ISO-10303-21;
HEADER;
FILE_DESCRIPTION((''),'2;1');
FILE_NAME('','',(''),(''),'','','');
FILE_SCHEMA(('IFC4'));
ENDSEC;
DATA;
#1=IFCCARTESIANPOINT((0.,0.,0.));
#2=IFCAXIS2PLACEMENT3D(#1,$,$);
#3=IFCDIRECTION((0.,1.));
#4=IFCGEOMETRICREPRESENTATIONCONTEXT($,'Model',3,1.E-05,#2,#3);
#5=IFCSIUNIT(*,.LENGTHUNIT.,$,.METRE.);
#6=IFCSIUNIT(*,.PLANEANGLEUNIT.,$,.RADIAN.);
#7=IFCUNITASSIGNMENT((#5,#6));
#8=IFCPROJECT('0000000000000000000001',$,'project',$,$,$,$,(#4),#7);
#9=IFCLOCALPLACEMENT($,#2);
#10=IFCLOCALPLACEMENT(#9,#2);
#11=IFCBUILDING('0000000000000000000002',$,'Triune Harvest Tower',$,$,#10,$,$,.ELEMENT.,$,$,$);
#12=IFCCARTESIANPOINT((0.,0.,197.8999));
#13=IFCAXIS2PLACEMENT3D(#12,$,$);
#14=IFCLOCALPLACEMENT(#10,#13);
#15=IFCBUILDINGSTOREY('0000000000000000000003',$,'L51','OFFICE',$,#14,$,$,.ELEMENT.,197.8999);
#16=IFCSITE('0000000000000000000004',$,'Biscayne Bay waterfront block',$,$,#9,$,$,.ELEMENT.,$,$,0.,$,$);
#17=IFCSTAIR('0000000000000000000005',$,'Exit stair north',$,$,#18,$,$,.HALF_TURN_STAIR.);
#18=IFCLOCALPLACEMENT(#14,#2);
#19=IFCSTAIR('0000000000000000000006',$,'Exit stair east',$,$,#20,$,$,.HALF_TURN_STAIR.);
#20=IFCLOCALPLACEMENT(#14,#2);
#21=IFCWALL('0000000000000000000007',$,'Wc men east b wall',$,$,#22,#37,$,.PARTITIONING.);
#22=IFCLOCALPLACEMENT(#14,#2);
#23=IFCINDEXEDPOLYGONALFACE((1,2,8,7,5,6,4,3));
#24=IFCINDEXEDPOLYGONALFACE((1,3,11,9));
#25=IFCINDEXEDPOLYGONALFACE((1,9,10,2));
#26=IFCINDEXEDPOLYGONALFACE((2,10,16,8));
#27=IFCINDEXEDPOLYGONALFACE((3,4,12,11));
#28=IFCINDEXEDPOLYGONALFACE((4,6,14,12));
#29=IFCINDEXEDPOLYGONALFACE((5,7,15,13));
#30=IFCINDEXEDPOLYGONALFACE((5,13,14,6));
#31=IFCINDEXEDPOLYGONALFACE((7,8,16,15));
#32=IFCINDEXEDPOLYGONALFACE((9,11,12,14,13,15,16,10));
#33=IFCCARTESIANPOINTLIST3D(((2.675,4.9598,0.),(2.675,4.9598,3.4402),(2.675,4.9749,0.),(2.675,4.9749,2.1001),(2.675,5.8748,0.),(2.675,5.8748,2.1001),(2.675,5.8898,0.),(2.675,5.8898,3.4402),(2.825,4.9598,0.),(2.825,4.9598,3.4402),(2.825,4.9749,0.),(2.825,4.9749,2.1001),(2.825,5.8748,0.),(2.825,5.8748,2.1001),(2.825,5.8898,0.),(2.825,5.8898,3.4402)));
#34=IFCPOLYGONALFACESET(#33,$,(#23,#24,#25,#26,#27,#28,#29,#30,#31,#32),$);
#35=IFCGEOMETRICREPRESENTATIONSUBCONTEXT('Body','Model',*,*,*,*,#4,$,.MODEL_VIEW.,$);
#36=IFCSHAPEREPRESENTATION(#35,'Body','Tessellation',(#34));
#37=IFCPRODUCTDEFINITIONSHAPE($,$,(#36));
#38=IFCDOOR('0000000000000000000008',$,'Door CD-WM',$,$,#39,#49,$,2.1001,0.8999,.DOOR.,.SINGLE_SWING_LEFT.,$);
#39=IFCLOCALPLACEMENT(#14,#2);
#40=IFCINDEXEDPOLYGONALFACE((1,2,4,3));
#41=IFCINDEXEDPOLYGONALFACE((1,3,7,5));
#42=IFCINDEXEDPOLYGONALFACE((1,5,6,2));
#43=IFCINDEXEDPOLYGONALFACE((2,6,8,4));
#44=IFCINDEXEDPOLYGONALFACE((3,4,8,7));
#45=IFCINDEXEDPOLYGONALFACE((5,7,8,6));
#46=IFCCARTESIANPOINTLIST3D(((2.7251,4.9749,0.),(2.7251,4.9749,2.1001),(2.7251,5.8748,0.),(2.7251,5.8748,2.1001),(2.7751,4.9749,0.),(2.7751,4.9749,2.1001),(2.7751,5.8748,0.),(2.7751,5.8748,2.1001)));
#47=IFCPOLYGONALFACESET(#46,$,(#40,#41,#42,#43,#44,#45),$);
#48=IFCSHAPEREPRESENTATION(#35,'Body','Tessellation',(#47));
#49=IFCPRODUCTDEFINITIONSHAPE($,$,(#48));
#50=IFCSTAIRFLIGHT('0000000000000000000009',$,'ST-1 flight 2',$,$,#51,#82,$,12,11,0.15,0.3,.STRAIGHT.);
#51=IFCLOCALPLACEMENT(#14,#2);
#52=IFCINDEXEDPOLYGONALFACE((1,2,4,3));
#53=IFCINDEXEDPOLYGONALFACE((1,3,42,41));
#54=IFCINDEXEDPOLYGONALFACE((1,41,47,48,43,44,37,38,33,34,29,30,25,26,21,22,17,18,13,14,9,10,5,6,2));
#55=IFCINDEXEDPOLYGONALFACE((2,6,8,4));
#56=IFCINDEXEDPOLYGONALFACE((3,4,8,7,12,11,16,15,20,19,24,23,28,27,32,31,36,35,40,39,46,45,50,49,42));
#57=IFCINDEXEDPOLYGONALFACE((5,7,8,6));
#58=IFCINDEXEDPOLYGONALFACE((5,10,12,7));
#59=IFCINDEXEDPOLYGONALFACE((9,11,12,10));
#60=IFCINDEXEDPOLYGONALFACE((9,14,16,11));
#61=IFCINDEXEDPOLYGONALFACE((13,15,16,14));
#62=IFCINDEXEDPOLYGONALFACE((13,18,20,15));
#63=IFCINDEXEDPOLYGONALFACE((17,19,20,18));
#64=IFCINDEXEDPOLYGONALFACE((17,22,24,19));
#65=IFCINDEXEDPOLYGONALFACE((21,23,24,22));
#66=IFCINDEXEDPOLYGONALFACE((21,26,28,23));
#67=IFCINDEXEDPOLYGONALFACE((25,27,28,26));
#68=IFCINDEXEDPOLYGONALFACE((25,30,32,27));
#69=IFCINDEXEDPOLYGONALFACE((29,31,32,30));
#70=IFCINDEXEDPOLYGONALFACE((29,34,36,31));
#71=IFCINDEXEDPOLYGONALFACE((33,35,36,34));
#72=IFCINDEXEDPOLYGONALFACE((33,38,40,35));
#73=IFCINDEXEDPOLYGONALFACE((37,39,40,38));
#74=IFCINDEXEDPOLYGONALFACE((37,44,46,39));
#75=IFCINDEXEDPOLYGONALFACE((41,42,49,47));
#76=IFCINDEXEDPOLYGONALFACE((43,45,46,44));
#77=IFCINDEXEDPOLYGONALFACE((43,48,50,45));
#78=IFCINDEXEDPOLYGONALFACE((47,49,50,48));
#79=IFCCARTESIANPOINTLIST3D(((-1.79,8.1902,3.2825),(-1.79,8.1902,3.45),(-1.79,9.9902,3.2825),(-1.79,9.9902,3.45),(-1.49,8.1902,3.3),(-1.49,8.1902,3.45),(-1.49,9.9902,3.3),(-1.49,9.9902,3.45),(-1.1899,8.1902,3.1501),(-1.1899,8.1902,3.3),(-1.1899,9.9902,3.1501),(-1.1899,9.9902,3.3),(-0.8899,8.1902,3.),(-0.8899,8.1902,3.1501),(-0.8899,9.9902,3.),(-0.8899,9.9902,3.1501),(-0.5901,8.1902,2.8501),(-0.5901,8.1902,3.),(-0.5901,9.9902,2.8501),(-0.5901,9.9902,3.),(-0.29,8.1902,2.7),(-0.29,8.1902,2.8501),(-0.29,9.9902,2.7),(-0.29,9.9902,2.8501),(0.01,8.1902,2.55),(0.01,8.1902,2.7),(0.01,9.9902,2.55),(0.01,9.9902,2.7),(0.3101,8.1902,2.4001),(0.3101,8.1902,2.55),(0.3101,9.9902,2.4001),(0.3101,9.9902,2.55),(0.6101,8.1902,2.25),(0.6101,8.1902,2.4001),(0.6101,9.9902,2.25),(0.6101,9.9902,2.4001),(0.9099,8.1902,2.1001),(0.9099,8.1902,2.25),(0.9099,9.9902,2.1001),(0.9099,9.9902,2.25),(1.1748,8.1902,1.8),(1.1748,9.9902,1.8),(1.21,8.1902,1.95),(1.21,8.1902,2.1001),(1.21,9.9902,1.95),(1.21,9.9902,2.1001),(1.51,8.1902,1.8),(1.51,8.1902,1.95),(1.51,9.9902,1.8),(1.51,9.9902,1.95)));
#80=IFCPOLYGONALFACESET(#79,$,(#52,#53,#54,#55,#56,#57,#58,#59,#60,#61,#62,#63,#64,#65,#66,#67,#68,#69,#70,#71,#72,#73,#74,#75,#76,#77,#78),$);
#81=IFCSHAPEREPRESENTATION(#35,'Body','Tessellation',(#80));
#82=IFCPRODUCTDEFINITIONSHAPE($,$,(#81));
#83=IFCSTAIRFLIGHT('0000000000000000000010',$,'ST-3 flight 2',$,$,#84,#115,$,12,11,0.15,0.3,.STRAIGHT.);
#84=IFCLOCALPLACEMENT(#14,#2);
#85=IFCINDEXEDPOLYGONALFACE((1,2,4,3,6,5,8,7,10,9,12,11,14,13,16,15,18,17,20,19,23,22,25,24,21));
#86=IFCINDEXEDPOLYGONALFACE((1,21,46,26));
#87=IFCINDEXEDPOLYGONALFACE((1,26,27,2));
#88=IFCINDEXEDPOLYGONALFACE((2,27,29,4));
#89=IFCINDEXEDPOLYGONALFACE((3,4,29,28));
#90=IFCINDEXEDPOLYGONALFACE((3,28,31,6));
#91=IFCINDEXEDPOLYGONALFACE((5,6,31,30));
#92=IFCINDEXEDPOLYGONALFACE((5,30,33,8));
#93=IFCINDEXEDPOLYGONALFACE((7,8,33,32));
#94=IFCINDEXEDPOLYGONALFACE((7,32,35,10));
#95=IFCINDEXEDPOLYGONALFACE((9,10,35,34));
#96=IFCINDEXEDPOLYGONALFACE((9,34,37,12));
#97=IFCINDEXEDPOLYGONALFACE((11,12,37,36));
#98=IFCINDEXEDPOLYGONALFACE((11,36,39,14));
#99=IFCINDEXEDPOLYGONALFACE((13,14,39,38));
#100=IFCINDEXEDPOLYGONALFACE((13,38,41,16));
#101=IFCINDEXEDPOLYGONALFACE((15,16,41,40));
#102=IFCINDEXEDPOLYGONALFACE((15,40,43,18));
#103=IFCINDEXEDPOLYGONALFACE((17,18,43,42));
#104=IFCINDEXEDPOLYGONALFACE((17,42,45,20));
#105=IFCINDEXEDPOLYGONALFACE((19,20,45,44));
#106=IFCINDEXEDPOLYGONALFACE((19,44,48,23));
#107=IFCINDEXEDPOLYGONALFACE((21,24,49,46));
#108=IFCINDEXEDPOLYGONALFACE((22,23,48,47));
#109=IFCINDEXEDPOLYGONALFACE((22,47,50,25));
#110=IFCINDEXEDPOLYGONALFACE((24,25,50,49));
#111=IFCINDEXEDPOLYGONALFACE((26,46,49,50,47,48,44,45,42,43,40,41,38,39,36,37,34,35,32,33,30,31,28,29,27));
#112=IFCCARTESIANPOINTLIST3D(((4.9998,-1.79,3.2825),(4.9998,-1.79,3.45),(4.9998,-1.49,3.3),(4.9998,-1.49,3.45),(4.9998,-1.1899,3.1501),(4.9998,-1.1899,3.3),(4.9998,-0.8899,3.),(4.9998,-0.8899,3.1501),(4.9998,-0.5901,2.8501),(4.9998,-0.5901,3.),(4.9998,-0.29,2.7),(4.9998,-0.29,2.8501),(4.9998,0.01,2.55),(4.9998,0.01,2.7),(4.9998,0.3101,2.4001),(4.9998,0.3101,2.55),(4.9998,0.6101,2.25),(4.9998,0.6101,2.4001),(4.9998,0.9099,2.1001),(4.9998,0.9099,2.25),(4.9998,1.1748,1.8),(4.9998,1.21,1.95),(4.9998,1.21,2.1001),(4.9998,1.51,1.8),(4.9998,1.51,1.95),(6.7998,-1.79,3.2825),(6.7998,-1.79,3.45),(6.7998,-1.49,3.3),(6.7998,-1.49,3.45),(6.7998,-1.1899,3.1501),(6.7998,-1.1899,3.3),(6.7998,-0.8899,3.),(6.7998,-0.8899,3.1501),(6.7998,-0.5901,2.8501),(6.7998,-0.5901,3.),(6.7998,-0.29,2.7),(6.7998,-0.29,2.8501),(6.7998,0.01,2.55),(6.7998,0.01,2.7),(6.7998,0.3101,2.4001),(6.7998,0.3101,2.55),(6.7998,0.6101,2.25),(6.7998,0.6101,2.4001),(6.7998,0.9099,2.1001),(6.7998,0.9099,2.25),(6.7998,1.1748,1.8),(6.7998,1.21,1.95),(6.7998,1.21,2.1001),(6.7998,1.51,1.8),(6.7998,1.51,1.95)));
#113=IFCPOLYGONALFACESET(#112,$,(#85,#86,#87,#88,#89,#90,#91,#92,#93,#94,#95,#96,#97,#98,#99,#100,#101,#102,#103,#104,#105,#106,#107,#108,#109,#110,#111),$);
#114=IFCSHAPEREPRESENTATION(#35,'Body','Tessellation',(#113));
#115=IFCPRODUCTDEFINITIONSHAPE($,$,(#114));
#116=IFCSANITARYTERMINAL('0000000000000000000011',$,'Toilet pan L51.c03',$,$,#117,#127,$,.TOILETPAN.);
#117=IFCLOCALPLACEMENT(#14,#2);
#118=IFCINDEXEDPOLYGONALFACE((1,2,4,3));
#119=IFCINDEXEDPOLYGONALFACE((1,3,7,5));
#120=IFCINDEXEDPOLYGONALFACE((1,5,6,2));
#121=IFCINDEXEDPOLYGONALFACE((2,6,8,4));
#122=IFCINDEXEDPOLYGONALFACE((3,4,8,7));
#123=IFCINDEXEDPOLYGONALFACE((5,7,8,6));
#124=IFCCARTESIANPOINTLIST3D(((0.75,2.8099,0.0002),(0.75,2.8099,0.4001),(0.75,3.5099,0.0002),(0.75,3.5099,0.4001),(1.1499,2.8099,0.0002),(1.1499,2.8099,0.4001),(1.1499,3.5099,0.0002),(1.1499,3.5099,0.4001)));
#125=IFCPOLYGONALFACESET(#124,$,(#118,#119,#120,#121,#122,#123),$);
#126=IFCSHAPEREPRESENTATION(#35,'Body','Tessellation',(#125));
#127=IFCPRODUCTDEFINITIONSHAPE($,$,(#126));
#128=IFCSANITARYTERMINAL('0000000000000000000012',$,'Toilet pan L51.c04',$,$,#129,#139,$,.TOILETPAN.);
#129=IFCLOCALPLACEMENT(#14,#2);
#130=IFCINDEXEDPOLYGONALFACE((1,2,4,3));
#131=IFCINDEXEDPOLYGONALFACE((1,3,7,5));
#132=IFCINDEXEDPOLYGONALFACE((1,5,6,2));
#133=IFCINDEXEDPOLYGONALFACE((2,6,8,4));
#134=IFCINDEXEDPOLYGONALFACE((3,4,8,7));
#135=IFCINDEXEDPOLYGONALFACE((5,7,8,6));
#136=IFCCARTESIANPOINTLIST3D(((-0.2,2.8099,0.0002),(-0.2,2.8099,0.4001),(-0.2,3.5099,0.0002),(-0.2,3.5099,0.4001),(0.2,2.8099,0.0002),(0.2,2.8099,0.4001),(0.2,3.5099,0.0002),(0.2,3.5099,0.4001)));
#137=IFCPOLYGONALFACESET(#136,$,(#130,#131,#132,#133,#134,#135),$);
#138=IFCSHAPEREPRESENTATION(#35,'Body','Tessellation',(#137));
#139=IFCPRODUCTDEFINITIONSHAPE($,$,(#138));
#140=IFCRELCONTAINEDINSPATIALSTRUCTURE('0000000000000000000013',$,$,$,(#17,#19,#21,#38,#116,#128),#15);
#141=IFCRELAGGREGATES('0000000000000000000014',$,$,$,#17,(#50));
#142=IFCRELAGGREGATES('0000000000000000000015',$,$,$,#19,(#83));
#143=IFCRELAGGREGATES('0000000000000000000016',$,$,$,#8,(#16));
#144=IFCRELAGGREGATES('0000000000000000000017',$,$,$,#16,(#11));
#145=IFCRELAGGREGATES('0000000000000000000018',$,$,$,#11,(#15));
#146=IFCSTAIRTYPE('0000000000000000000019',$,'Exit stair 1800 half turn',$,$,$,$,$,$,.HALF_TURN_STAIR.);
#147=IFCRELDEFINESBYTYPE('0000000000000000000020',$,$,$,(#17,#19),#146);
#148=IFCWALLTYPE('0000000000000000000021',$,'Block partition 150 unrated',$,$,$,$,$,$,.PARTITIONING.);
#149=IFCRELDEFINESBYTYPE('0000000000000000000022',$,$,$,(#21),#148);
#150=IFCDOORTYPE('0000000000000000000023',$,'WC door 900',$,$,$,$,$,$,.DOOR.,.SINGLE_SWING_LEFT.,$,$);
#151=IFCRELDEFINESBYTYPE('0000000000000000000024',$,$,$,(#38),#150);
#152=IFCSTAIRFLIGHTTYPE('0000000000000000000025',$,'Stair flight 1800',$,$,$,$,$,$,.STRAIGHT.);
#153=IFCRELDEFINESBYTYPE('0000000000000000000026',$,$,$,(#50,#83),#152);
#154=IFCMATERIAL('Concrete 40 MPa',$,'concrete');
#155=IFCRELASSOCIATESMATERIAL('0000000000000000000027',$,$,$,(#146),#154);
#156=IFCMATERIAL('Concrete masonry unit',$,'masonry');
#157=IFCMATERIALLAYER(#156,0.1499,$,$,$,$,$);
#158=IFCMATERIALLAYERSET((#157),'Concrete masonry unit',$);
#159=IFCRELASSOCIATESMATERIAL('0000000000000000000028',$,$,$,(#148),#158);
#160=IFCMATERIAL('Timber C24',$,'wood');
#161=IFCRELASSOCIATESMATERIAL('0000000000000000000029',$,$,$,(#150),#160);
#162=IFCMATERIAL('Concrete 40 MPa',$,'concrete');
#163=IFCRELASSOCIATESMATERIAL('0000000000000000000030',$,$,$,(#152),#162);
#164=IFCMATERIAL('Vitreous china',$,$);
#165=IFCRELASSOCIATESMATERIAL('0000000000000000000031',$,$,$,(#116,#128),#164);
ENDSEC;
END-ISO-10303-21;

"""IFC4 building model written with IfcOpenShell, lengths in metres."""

from ifc_helpers import new_model, si_unit, direction, frame, frame_2d, origin, origin_2d, place, context, subcontext, project, spatial, polyline, rectangle, outline, extrude, source, transform, mapped, material, layer, layer_set, type_object, element, fill, aggregate, save


model = new_model("IFC4")

# Units and contexts
model_context = context("Model", 3, precision=1e-05, world=origin(), true_north=direction((0.0, 1.0)))
body_context = subcontext(model_context, "Body", "Model", "MODEL_VIEW")
ifc_project = project(units=[si_unit("LENGTHUNIT", "METRE"), si_unit("PLANEANGLEUNIT", "RADIAN")], contexts=[model_context])

# Site, building, storey
site_placement = place(None, origin())
site = spatial("IfcSite", under=ifc_project, at=site_placement, Name="Biscayne Bay waterfront block", CompositionType="ELEMENT", RefElevation=0.0)
building_placement = place(site_placement, origin())
building = spatial("IfcBuilding", under=site, at=building_placement, Name="Triune Harvest Tower", CompositionType="ELEMENT")
storey_placement = place(building_placement, frame((0.0, 0.0, 197.8999)))
storey = spatial("IfcBuildingStorey", under=building, at=storey_placement, Name="L51", Description="OFFICE", CompositionType="ELEMENT", Elevation=197.8999)

# Stairs
ifc_material_1 = material(Name="Concrete 40 MPa", Category="concrete")
stair_type = type_object("IfcStairType", Name="Exit stair 1800 half turn", PredefinedType="HALF_TURN_STAIR", material=ifc_material_1)
stair_1_placement = place(storey_placement, origin())
stair_1 = element("IfcStair", 1, at=stair_1_placement, inside=storey, type_object=stair_type, Name="Exit stair north", PredefinedType="HALF_TURN_STAIR")
stair_2_placement = place(storey_placement, origin())
stair_2 = element("IfcStair", 2, at=stair_2_placement, inside=storey, type_object=stair_type, Name="Exit stair east", PredefinedType="HALF_TURN_STAIR")

# Wall, opening, door
ifc_material_2 = material(Name="Concrete masonry unit", Category="masonry")
ifc_layer_1 = layer(ifc_material_2, 0.1499)
ifc_layer_set_1 = layer_set([ifc_layer_1], Name="Concrete masonry unit")
wall_type_1 = type_object("IfcWallType", Name="Block partition 150 unrated", PredefinedType="PARTITIONING", material=ifc_layer_set_1)
ifc_material_3 = material(Name="Timber C24", Category="wood")
door_type_1 = type_object("IfcDoorType", Name="WC door 900", OperationType="SINGLE_SWING_LEFT", PredefinedType="DOOR", material=ifc_material_3)
shared_shape_1 = source(origin(), body_context, "Body", "SweptSolid", [
    extrude(rectangle(XDim=0.9299, YDim=0.1499, at=frame_2d((0.4648, 0.0))), origin(), (0.0, 0.0, 1.0), 3.4402),
])
wall_1_placement = place(storey_placement, frame((2.75, 4.96, 0.0), z_axis=(0.0, 0.0, 1.0), x_axis=(0.0, 1.0, 0.0)))
wall_1 = element("IfcWall", 3, at=wall_1_placement, inside=storey, type_object=wall_type_1, Name="Wc men east b wall", PredefinedType="PARTITIONING", context=body_context, shape_type="MappedRepresentation", body=[
    mapped(shared_shape_1, transform((0.0, 0.0, 0.0), scale=1.0)),
])
opening_1_placement = place(wall_1_placement, frame((0.0149, 0.0, 0.0)))
opening_1 = element("IfcOpeningElement", 4, at=opening_1_placement, cuts=wall_1, PredefinedType="OPENING", context=body_context, shape_type="SweptSolid", body=[
    extrude(rectangle(XDim=0.8999, YDim=2.1001, at=frame_2d((0.45, 1.05))), frame((0.0, 0.085, 0.0), z_axis=(0.0, -1.0, 0.0), x_axis=(1.0, 0.0, 0.0)), (0.0, 0.0, 1.0), 0.1699),
])
door_1_placement = place(opening_1_placement, origin())
door_1 = element("IfcDoor", 5, at=door_1_placement, inside=storey, type_object=door_type_1, Name="Door CD-WM", OperationType="SINGLE_SWING_LEFT", OverallHeight=2.1001, OverallWidth=0.8999, PredefinedType="DOOR", context=body_context, shape_type="SweptSolid", body=[
    extrude(rectangle(XDim=0.8999, YDim=2.1001, at=frame_2d((0.45, 1.05))), frame((0.0, 0.0249, 0.0), z_axis=(0.0, -1.0, 0.0), x_axis=(1.0, 0.0, 0.0)), (0.0, 0.0, 1.0), 0.05),
])
fill(opening_1, door_1)

# Stair flights
ifc_material_4 = material(Name="Concrete 40 MPa", Category="concrete")
stair_flight_type = type_object("IfcStairFlightType", Name="Stair flight 1800", PredefinedType="STRAIGHT", material=ifc_material_4)
shared_shape_2 = source(origin(), body_context, "Body", "SweptSolid", [
    extrude(outline(polyline([(0.0, 0.0), (0.0, 0.1499), (0.3, 0.1499), (0.3, 0.3), (0.6001, 0.3), (0.6001, 0.45), (0.8999, 0.45), (0.8999, 0.6001), (1.2, 0.6001), (1.2, 0.75), (1.5, 0.75), (1.5, 0.8999), (1.8, 0.8999), (1.8, 1.05), (2.1001, 1.05), (2.1001, 1.2), (2.3999, 1.2), (2.3999, 1.3501), (2.7, 1.3501), (2.7, 1.5), (3.0, 1.5), (3.0, 1.6499), (3.3, 1.6499), (3.3, 1.8), (3.3, 1.4824), (0.3352, 0.0), (0.0, 0.0)])), frame((0.0, 0.8999, 0.0), z_axis=(0.0, -1.0, 0.0), x_axis=(1.0, 0.0, 0.0)), (0.0, 0.0, 1.0), 1.8),
])
stair_flight_1_placement = place(storey_placement, frame((1.51, 9.0901, 1.8), z_axis=(0.0, 0.0, 1.0), x_axis=(-1.0, 0.0, 0.0)))
stair_flight_1 = element("IfcStairFlight", 6, at=stair_flight_1_placement, type_object=stair_flight_type, Name="ST-1 flight 2", NumberOfRisers=12, NumberOfTreads=11, PredefinedType="STRAIGHT", RiserHeight=0.15, TreadLength=0.3, context=body_context, shape_type="MappedRepresentation", body=[
    mapped(shared_shape_2, transform((0.0, 0.0, 0.0), scale=1.0)),
])
aggregate(stair_1, [stair_flight_1])
stair_flight_2_placement = place(storey_placement, frame((5.8999, 1.51, 1.8), z_axis=(0.0, 0.0, 1.0), x_axis=(0.0, -1.0, 0.0)))
stair_flight_2 = element("IfcStairFlight", 7, at=stair_flight_2_placement, type_object=stair_flight_type, Name="ST-3 flight 2", NumberOfRisers=12, NumberOfTreads=11, PredefinedType="STRAIGHT", RiserHeight=0.15, TreadLength=0.3, context=body_context, shape_type="MappedRepresentation", body=[
    mapped(shared_shape_2, transform((0.0, 0.0, 0.0), scale=1.0)),
])
aggregate(stair_2, [stair_flight_2])

# Sanitary terminals
ifc_material_5 = material(Name="Vitreous china")
shared_shape_3 = source(origin(), body_context, "Body", "SweptSolid", [
    extrude(rectangle(XDim=0.3999, YDim=0.7, at=origin_2d()), origin(), (0.0, 0.0, 1.0), 0.3999),
])
for number, where, z_axis, x_axis, name in (
    (8, (0.95, 3.1599, 0.0002), (0.0, 0.0, 1.0), (-1.0, 0.0, 0.0), "Toilet pan L51.c03"),
    (9, (0.0, 3.1599, 0.0002), (0.0, 0.0, 1.0), (-1.0, 0.0, 0.0), "Toilet pan L51.c04"),
):
    element("IfcSanitaryTerminal", number, at=place(storey_placement, frame(where, z_axis=z_axis, x_axis=x_axis)), inside=storey, material=ifc_material_5, Name=name, PredefinedType="TOILETPAN", context=body_context, shape_type="MappedRepresentation", body=[
        mapped(shared_shape_3, transform((0.0, 0.0, 0.0), scale=1.0)),
    ])

save(model, "model.ifc")
